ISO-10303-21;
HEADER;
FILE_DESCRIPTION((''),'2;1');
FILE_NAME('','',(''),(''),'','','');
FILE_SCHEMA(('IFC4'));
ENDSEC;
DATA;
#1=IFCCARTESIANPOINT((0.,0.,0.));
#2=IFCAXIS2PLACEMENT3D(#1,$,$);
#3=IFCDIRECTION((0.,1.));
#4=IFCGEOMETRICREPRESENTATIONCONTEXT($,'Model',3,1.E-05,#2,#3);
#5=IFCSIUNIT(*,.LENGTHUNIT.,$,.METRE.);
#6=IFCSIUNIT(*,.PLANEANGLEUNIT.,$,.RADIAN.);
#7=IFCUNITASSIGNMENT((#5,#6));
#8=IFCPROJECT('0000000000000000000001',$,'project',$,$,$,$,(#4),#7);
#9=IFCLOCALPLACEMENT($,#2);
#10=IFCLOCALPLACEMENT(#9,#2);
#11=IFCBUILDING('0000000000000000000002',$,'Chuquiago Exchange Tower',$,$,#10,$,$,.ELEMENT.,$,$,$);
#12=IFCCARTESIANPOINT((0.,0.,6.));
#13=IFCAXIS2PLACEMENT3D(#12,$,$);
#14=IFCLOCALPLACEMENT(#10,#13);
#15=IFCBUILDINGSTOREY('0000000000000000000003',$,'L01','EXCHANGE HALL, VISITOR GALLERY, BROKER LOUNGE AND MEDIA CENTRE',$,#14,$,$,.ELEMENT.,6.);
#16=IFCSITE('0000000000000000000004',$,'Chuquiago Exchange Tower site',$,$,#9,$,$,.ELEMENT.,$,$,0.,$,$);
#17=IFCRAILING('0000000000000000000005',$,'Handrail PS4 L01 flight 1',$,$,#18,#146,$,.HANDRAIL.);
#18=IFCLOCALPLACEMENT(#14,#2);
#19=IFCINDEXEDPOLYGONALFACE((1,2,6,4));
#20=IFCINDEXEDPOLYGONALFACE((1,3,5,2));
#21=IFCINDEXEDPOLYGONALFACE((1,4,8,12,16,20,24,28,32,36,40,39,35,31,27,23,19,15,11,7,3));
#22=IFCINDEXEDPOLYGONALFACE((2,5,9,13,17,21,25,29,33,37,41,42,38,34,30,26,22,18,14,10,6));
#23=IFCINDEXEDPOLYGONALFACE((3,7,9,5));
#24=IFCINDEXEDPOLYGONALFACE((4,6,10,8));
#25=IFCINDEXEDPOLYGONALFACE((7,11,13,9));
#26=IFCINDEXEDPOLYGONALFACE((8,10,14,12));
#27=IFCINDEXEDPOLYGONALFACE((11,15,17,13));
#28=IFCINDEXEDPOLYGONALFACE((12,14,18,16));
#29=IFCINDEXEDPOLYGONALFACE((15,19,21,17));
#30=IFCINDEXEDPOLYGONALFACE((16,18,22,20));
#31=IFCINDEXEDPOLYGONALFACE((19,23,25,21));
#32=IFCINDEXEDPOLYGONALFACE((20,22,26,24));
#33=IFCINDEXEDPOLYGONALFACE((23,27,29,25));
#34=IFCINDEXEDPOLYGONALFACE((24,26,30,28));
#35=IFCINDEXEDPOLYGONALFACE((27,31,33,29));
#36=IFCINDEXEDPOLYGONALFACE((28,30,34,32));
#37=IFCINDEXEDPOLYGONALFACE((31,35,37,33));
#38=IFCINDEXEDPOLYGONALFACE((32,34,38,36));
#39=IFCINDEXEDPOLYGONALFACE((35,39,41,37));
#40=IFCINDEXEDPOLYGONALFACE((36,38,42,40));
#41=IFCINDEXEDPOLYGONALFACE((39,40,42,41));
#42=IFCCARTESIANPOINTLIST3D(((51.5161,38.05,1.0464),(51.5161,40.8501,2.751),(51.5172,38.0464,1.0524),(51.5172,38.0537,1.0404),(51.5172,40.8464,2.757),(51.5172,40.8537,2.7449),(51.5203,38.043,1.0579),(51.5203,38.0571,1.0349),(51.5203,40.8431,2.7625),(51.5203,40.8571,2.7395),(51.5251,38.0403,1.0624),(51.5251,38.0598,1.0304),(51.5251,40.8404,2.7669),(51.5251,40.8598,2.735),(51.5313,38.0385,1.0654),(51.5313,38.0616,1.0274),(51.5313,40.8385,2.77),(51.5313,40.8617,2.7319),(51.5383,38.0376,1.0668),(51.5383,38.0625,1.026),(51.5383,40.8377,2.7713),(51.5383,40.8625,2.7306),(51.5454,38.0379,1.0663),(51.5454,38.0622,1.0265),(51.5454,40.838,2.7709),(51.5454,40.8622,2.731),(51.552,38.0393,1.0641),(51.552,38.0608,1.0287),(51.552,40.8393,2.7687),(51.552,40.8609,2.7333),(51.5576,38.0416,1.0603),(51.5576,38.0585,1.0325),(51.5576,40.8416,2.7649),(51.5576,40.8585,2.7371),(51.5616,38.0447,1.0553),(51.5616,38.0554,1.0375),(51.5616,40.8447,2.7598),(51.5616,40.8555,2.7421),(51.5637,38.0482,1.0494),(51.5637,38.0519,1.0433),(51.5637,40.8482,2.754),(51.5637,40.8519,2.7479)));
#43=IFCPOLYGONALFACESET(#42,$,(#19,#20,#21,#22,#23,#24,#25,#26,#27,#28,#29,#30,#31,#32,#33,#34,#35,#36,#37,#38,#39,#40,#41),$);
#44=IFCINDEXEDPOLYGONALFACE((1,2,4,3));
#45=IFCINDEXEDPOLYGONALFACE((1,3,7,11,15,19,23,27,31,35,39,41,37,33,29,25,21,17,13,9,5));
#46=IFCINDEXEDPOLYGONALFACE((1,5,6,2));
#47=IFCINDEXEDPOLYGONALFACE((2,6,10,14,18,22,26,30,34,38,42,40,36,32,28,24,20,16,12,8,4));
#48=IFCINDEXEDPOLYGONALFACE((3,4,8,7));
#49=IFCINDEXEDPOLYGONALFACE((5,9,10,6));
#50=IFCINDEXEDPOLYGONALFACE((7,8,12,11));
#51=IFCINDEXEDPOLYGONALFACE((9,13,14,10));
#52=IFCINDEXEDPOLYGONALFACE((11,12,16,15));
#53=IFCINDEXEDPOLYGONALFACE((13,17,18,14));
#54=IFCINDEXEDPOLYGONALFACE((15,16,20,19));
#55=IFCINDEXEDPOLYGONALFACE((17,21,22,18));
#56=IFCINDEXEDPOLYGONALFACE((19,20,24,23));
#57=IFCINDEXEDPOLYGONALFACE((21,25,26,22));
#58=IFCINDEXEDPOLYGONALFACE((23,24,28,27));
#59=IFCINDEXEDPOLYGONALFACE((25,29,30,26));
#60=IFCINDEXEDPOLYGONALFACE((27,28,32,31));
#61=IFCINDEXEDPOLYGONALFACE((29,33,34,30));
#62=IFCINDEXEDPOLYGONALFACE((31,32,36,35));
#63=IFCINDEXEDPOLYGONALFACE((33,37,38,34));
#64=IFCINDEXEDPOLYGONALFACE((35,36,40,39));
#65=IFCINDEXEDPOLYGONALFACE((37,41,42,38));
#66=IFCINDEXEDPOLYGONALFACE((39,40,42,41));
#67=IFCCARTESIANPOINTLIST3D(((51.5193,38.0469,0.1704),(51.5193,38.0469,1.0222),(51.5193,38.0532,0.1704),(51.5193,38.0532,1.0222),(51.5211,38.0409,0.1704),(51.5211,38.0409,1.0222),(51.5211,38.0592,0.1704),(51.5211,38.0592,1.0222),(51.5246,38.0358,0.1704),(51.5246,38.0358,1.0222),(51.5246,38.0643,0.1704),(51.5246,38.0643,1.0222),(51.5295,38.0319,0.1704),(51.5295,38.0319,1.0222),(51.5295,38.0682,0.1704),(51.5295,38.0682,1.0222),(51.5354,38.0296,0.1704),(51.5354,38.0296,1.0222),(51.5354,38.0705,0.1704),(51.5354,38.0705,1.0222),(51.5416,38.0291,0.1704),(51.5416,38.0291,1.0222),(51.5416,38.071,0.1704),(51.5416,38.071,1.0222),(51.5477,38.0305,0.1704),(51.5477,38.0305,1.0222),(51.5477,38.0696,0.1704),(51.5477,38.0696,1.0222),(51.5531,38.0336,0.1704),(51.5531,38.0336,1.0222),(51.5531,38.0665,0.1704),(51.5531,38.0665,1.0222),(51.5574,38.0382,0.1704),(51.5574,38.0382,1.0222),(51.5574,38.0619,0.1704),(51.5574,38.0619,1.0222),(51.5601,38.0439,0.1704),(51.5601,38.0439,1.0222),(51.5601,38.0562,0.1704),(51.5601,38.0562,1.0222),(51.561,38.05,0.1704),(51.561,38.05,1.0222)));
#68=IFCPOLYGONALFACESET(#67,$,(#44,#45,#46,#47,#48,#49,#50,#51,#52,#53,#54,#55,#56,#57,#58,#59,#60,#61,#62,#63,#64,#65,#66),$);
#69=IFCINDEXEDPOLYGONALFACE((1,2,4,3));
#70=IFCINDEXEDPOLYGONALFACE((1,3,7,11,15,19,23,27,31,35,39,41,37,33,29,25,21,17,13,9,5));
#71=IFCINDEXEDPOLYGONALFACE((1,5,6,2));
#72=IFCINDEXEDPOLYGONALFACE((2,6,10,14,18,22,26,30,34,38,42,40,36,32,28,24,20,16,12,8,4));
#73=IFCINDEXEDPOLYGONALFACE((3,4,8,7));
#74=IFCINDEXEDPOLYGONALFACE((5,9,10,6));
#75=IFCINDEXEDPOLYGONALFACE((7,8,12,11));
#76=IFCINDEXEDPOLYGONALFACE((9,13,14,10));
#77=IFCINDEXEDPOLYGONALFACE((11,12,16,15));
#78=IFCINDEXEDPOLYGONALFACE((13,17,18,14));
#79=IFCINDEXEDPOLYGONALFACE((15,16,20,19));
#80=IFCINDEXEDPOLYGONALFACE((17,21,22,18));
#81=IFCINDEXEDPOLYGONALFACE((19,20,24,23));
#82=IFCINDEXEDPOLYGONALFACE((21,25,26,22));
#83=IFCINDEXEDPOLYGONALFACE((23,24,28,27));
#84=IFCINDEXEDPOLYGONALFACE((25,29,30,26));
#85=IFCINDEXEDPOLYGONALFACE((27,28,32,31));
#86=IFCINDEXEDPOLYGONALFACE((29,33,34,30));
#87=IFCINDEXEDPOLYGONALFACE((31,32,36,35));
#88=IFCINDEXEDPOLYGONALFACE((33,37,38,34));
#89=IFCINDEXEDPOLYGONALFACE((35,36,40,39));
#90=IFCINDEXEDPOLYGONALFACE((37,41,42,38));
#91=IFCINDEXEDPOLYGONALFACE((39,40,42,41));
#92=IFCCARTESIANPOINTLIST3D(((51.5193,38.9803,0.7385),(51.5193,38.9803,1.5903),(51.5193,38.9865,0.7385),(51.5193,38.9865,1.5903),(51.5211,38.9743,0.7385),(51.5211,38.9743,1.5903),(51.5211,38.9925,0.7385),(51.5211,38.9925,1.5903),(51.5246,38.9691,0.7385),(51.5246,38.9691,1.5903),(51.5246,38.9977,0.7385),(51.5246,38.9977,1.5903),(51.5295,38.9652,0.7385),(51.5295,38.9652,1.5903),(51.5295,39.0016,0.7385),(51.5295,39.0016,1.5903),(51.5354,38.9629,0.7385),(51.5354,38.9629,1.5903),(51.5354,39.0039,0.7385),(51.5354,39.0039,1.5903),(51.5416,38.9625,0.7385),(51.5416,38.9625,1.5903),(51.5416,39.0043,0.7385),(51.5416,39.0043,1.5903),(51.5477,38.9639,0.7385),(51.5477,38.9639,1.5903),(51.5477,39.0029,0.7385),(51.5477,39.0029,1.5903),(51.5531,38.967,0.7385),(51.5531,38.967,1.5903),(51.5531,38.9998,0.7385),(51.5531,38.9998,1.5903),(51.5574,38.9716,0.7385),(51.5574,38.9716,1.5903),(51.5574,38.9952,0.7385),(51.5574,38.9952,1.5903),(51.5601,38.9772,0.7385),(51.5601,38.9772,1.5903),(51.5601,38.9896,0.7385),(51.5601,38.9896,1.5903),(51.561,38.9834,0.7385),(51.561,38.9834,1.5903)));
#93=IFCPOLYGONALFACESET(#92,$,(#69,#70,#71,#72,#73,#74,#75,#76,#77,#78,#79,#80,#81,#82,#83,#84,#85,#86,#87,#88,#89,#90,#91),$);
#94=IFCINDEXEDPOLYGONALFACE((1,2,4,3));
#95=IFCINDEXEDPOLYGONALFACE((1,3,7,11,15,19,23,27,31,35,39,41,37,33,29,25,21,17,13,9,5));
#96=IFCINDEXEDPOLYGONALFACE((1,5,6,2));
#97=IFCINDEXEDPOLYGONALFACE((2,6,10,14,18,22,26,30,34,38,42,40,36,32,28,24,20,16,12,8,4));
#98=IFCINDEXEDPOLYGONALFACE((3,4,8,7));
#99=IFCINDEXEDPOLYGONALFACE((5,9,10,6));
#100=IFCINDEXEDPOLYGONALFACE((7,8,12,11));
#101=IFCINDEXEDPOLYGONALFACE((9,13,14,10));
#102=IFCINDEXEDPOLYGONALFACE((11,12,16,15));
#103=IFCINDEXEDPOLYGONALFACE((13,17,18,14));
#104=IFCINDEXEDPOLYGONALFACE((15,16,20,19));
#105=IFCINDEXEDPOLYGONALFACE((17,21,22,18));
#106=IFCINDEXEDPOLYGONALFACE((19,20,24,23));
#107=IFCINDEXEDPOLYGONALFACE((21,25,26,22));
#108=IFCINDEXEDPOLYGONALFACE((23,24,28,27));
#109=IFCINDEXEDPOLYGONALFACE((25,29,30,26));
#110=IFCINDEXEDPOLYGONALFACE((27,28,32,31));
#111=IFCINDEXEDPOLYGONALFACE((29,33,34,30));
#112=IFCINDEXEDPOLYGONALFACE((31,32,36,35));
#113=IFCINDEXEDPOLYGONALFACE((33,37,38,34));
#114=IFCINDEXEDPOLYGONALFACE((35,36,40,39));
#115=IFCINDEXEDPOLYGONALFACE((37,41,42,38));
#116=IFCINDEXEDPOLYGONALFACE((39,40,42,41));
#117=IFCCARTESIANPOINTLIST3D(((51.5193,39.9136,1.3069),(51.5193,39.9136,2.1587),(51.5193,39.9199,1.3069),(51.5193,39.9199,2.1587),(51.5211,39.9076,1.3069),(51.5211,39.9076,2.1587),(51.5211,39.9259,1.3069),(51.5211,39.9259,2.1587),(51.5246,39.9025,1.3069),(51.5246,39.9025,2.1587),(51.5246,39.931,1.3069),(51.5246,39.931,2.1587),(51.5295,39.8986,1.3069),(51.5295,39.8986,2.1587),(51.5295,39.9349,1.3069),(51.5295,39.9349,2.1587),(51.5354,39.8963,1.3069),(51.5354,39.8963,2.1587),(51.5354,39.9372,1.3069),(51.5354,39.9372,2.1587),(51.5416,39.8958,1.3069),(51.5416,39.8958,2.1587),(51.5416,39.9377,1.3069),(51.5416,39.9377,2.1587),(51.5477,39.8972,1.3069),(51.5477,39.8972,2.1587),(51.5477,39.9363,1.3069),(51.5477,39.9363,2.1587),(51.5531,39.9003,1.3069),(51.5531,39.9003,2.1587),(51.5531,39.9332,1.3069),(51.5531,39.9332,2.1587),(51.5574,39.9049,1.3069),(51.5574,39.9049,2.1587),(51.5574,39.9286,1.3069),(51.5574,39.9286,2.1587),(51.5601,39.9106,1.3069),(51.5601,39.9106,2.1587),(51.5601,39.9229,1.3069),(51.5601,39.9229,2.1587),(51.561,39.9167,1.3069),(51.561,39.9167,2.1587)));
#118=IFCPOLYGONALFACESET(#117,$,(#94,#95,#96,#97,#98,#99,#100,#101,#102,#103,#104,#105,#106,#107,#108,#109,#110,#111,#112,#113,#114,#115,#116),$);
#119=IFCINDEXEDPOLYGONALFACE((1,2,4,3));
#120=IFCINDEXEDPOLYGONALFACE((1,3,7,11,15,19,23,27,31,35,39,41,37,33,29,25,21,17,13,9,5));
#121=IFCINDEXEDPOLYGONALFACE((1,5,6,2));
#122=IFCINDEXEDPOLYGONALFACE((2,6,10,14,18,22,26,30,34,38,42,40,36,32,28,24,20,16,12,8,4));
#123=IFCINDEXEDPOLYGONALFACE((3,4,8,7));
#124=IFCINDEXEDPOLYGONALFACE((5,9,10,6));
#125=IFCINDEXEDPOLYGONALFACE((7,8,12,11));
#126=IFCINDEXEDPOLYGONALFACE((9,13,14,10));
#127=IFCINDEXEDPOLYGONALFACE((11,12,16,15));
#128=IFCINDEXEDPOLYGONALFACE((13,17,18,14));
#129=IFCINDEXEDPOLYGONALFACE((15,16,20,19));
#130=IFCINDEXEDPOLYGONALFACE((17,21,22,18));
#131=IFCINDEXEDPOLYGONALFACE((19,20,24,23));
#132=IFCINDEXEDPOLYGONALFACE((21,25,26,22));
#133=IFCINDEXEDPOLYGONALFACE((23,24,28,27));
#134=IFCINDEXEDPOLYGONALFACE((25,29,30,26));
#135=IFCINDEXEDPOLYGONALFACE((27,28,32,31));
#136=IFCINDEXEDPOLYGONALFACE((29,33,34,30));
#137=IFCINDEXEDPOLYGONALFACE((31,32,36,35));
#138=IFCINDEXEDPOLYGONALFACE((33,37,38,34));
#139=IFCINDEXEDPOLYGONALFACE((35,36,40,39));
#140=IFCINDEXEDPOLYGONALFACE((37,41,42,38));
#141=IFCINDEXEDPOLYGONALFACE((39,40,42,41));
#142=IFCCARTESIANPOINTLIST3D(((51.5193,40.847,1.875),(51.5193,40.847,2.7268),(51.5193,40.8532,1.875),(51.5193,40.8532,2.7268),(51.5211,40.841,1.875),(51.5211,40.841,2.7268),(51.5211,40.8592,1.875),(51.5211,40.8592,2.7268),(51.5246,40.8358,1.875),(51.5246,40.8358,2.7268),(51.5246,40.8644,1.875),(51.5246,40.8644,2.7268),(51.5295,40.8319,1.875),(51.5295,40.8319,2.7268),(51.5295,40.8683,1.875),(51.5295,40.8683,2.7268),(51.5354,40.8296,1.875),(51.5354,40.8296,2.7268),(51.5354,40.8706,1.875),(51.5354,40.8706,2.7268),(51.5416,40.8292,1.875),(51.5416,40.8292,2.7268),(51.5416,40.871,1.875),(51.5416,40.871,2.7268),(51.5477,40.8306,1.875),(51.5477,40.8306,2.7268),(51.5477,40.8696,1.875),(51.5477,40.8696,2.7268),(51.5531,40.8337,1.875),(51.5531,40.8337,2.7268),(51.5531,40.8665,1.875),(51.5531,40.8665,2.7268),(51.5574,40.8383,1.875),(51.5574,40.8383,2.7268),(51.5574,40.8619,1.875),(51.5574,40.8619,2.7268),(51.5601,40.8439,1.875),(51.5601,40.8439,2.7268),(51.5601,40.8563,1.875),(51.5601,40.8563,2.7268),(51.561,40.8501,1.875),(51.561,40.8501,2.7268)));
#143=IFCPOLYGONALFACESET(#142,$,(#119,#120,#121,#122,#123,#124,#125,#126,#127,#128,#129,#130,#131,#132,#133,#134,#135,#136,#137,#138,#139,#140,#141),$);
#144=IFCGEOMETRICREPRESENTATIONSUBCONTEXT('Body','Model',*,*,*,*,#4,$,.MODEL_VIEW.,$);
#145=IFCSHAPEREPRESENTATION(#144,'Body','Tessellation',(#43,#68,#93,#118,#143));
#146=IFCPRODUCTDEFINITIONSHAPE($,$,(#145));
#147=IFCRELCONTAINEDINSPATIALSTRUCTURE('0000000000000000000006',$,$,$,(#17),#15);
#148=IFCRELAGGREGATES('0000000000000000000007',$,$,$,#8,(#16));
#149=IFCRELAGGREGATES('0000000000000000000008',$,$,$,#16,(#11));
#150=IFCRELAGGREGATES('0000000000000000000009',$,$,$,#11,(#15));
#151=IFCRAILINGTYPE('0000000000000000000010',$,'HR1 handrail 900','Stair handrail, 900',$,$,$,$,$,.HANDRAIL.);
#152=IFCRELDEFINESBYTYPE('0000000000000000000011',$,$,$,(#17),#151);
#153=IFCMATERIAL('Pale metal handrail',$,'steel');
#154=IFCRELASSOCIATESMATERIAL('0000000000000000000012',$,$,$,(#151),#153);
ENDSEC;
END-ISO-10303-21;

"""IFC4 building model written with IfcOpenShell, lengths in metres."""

from ifc_helpers import new_model, si_unit, direction, frame, origin, origin_2d, place, context, subcontext, project, spatial, circle, extrude, material, type_object, element, save


model = new_model("IFC4")

# Units and contexts
model_context = context("Model", 3, precision=1e-05, world=origin(), true_north=direction((0.0, 1.0)))
body_context = subcontext(model_context, "Body", "Model", "MODEL_VIEW")
ifc_project = project(units=[si_unit("LENGTHUNIT", "METRE"), si_unit("PLANEANGLEUNIT", "RADIAN")], contexts=[model_context])

# Site, building, storey
site_placement = place(None, origin())
site = spatial("IfcSite", under=ifc_project, at=site_placement, Name="Chuquiago Exchange Tower site", CompositionType="ELEMENT", RefElevation=0.0)
building_placement = place(site_placement, origin())
building = spatial("IfcBuilding", under=site, at=building_placement, Name="Chuquiago Exchange Tower", CompositionType="ELEMENT")
storey_placement = place(building_placement, frame((0.0, 0.0, 6.0)))
storey = spatial("IfcBuildingStorey", under=building, at=storey_placement, Name="L01", Description="EXCHANGE HALL, VISITOR GALLERY, BROKER LOUNGE AND MEDIA CENTRE", CompositionType="ELEMENT", Elevation=6.0)

# Railing
ifc_material_1 = material(Name="Pale metal handrail", Category="steel")
railing_type = type_object("IfcRailingType", Name="HR1 handrail 900", Description="Stair handrail, 900", PredefinedType="HANDRAIL", material=ifc_material_1)
railing_1_placement = place(storey_placement, frame((51.54, 38.05, 0.1704)))
element("IfcRailing", 1, at=railing_1_placement, inside=storey, type_object=railing_type, Name="Handrail PS4 L01 flight 1", PredefinedType="HANDRAIL", context=body_context, shape_type="SweptSolid", body=[
    extrude(circle(Radius=0.0239, at=origin_2d()), frame((0.0, 0.0, 0.876), z_axis=(0.0, 0.85417, 0.519994), x_axis=(-1.0, 0.0, 0.0)), (0.0, 0.0, 1.0), 3.2781),
    extrude(circle(Radius=0.021, at=origin_2d()), origin(), (0.0, 0.0, 1.0), 0.8518),
    extrude(circle(Radius=0.021, at=origin_2d()), frame((0.0, 0.9333, 0.5681)), (0.0, 0.0, 1.0), 0.8518),
    extrude(circle(Radius=0.021, at=origin_2d()), frame((0.0, 1.8667, 1.1365)), (0.0, 0.0, 1.0), 0.8518),
    extrude(circle(Radius=0.021, at=origin_2d()), frame((0.0, 2.8, 1.7046)), (0.0, 0.0, 1.0), 0.8518),
])

save(model, "model.ifc")
